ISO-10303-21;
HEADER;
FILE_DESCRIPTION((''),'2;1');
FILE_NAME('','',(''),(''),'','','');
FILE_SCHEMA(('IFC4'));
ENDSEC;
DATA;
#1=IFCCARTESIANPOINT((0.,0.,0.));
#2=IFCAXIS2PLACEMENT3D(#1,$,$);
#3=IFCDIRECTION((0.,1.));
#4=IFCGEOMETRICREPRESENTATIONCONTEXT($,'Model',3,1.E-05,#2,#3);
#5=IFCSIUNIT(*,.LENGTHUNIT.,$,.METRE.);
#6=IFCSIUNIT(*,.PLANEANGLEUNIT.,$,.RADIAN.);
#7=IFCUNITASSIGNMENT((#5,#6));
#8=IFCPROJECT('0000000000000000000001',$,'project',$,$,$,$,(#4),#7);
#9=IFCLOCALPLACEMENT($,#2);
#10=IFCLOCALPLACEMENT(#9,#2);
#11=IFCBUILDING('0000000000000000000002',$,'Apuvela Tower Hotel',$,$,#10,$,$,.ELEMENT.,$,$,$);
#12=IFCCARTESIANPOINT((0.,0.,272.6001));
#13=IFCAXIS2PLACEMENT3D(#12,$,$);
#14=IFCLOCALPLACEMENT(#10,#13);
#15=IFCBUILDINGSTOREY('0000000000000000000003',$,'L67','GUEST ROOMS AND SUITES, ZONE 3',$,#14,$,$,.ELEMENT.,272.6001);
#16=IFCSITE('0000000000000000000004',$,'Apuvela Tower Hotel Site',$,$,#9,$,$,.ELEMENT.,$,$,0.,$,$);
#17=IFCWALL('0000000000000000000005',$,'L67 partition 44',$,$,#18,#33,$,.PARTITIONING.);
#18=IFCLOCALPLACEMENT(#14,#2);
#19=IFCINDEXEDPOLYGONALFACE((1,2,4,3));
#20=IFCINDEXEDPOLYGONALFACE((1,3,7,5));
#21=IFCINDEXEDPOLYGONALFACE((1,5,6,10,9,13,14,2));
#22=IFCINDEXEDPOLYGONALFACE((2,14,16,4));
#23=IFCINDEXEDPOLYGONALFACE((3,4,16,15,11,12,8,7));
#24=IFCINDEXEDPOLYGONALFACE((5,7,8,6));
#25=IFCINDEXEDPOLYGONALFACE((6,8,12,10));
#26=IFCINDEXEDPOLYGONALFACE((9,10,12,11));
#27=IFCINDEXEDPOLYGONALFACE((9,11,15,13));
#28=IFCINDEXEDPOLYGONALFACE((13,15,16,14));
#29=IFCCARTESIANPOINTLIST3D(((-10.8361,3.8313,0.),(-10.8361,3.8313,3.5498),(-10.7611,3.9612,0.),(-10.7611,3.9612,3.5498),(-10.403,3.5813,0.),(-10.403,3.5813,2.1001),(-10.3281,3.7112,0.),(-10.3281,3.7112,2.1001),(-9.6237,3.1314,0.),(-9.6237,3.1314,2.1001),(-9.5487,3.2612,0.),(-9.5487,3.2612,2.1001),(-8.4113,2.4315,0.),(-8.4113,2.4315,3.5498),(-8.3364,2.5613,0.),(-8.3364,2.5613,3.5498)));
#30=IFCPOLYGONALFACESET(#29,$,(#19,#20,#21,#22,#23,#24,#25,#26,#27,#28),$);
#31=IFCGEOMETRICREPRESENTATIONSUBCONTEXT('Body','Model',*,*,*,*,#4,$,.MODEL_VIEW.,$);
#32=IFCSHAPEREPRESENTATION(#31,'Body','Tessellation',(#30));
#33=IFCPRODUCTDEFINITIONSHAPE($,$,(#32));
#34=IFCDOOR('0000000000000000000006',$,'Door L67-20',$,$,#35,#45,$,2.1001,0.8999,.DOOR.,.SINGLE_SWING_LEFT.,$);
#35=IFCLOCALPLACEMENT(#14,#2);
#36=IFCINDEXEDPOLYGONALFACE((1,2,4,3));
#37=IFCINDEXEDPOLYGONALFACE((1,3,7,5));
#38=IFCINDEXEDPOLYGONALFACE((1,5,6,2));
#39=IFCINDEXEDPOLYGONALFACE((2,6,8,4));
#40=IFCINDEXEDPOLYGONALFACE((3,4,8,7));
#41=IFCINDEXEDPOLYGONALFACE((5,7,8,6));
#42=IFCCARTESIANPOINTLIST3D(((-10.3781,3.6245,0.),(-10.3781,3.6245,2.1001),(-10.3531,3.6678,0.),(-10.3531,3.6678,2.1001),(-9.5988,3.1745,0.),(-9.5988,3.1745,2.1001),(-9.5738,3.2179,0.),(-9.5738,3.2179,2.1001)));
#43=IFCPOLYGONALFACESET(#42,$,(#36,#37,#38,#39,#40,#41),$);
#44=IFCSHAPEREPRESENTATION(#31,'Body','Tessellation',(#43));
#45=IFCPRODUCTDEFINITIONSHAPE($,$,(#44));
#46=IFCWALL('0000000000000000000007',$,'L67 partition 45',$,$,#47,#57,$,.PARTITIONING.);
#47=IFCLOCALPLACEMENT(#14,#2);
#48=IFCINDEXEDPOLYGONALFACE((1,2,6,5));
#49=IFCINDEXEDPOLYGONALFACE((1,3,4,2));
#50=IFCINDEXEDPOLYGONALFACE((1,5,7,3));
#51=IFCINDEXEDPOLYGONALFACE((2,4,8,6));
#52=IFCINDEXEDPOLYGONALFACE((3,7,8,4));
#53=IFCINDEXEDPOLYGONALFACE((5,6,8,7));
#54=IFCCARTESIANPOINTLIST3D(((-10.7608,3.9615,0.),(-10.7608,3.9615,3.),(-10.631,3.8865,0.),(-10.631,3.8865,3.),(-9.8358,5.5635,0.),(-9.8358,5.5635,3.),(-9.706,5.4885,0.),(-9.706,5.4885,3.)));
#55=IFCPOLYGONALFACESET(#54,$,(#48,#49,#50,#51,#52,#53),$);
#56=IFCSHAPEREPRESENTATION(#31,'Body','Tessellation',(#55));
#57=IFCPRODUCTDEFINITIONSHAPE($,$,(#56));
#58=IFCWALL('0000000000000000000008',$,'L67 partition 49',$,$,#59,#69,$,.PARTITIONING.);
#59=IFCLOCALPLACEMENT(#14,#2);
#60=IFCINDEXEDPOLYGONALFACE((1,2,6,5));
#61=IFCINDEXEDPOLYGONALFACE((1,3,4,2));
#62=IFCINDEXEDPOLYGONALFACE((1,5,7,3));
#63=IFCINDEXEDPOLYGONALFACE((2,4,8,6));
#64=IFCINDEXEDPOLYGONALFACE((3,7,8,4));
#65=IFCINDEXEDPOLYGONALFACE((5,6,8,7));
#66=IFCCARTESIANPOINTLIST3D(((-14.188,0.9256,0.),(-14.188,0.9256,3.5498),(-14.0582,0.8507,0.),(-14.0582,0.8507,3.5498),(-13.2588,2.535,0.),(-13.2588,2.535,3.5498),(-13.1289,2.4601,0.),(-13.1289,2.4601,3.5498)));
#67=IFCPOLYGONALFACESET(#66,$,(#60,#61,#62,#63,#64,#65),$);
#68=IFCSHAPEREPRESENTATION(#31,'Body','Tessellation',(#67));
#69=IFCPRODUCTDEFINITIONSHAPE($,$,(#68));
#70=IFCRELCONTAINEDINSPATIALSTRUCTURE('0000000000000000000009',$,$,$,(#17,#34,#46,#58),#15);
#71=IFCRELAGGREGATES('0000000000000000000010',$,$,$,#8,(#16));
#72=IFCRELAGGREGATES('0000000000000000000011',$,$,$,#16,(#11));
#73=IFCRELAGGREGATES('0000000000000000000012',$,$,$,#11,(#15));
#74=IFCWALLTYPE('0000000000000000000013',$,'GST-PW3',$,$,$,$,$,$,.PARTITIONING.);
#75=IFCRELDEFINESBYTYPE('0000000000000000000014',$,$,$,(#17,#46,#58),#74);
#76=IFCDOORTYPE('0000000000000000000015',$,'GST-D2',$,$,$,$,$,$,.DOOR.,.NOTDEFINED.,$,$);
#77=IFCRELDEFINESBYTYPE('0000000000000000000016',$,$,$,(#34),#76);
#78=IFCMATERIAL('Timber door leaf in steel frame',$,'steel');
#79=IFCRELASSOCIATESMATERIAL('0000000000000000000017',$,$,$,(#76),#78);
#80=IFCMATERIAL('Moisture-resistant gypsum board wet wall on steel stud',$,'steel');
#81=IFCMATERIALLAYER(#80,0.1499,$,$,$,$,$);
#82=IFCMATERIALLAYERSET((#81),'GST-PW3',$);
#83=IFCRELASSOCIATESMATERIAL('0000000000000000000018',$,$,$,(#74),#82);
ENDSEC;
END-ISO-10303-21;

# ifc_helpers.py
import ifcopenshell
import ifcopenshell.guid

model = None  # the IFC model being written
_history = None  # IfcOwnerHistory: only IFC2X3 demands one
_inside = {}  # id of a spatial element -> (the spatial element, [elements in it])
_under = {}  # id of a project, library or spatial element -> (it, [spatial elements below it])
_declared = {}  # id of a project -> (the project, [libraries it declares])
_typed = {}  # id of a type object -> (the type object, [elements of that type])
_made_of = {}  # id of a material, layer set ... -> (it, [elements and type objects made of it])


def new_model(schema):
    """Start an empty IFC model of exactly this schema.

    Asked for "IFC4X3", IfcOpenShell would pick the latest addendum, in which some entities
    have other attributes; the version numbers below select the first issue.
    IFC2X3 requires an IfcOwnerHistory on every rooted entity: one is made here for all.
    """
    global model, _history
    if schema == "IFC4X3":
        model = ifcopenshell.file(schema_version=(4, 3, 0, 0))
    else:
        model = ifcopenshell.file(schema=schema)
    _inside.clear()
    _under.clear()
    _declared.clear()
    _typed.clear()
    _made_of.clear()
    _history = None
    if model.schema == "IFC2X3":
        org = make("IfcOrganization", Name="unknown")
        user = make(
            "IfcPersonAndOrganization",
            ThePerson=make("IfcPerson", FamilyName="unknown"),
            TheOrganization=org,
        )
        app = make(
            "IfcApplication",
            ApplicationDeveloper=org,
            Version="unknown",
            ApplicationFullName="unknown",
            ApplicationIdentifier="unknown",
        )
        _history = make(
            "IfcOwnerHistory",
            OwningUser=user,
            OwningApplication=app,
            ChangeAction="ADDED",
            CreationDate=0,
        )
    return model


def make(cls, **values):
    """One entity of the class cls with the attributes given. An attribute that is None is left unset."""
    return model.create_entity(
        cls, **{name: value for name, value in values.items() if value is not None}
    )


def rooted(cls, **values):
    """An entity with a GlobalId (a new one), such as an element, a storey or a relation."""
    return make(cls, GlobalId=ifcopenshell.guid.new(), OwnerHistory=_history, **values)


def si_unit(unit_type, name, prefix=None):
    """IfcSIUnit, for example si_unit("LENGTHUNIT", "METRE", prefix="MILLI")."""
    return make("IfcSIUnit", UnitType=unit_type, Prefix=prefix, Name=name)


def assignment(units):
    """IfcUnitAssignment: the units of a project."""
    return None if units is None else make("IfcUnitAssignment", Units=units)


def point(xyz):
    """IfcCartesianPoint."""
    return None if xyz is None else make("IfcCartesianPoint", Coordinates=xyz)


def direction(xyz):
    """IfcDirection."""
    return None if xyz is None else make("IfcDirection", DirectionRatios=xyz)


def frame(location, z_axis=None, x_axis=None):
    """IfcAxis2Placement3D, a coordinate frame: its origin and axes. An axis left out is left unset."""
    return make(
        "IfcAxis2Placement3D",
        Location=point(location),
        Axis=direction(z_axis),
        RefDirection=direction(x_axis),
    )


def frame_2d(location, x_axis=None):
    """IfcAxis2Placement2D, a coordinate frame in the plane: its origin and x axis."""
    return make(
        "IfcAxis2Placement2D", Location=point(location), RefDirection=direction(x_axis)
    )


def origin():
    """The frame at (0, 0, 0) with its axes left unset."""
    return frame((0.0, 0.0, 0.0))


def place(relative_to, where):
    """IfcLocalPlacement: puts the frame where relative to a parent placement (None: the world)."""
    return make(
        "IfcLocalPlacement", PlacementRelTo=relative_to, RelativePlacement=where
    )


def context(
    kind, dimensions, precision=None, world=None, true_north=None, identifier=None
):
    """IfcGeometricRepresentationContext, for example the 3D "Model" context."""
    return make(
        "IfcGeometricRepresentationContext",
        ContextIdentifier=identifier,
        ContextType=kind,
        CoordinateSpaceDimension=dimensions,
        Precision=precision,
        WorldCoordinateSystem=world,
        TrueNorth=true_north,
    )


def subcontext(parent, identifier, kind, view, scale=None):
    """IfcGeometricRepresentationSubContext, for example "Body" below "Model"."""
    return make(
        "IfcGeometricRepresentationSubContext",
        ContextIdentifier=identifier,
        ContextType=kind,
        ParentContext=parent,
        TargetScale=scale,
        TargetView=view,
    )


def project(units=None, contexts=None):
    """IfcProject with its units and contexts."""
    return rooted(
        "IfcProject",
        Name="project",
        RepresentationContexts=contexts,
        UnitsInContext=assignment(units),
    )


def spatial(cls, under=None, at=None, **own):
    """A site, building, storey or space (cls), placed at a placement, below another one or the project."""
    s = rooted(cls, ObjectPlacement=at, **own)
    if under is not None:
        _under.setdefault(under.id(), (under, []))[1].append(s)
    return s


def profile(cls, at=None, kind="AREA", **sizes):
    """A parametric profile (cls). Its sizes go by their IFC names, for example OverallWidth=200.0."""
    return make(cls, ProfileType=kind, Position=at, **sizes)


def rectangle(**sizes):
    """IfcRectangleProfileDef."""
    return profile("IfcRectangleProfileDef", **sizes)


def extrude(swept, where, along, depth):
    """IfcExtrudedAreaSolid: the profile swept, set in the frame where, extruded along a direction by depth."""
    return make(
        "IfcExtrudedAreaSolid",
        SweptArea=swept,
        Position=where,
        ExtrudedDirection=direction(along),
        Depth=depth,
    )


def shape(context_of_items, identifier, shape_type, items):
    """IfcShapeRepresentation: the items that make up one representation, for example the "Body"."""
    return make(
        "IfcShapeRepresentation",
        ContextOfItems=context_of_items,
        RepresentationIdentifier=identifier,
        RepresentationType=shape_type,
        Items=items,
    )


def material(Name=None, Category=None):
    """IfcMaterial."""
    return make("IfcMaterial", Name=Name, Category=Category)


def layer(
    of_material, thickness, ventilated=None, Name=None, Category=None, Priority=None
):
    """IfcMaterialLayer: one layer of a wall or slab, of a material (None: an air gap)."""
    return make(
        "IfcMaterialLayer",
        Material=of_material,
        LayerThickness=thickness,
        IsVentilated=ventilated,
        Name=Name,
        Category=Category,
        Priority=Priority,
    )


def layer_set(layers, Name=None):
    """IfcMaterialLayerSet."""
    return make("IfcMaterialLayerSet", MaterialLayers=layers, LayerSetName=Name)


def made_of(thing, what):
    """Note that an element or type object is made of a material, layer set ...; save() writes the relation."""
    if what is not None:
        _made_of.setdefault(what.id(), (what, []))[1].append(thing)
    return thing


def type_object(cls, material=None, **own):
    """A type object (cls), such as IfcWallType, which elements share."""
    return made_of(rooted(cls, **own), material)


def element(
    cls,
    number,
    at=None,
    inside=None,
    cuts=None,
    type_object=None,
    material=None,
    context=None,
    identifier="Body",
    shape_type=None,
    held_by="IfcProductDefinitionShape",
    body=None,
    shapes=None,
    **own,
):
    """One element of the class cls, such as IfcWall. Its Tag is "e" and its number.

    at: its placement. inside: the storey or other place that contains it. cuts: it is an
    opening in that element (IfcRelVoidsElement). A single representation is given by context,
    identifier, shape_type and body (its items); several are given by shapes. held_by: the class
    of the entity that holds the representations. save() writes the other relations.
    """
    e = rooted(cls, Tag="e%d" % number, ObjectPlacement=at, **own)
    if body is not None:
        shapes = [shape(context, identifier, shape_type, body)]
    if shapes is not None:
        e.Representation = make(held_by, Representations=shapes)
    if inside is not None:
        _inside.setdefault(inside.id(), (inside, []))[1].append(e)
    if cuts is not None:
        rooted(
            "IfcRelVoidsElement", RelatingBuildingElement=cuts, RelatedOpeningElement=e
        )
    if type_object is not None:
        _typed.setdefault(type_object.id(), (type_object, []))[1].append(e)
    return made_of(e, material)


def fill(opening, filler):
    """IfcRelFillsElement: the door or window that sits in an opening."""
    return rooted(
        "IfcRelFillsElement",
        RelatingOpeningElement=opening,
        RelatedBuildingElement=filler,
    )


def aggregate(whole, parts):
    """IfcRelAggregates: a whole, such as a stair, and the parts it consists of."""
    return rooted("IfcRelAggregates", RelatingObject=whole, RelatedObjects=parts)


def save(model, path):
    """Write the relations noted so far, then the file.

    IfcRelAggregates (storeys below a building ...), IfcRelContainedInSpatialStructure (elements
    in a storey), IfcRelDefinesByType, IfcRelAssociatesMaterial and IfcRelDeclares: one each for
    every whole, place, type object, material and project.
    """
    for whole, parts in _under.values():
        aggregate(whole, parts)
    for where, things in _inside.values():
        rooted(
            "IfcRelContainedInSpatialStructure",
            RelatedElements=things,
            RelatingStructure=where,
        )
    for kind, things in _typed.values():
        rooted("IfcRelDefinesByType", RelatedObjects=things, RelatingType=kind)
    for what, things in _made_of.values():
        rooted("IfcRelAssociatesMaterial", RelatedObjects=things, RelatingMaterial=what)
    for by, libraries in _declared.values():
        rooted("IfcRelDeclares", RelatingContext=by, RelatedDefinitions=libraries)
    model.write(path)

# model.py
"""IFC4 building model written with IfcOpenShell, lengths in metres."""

from ifc_helpers import new_model, si_unit, direction, frame, frame_2d, origin, place, context, subcontext, project, spatial, rectangle, extrude, material, layer, layer_set, type_object, element, fill, save


model = new_model("IFC4")

# Units and contexts
model_context = context("Model", 3, precision=1e-05, world=origin(), true_north=direction((0.0, 1.0)))
body_context = subcontext(model_context, "Body", "Model", "MODEL_VIEW")
ifc_project = project(units=[si_unit("LENGTHUNIT", "METRE"), si_unit("PLANEANGLEUNIT", "RADIAN")], contexts=[model_context])

# Site, building, storey
site_placement = place(None, origin())
site = spatial("IfcSite", under=ifc_project, at=site_placement, Name="Apuvela Tower Hotel Site", CompositionType="ELEMENT", RefElevation=0.0)
building_placement = place(site_placement, origin())
building = spatial("IfcBuilding", under=site, at=building_placement, Name="Apuvela Tower Hotel", CompositionType="ELEMENT")
storey_placement = place(building_placement, frame((0.0, 0.0, 272.6001)))
storey = spatial("IfcBuildingStorey", under=building, at=storey_placement, Name="L67", Description="GUEST ROOMS AND SUITES, ZONE 3", CompositionType="ELEMENT", Elevation=272.6001)

# Shared definitions
ifc_material_1 = material(Name="Timber door leaf in steel frame", Category="steel")
door_type_1 = type_object("IfcDoorType", Name="GST-D2", OperationType="NOTDEFINED", PredefinedType="DOOR", material=ifc_material_1)

# Shared definitions
ifc_material_2 = material(Name="Moisture-resistant gypsum board wet wall on steel stud", Category="steel")
ifc_layer_1 = layer(ifc_material_2, 0.1499)
ifc_layer_set_1 = layer_set([ifc_layer_1], Name="GST-PW3")
wall_type_1 = type_object("IfcWallType", Name="GST-PW3", PredefinedType="PARTITIONING", material=ifc_layer_set_1)

# Wall, opening, door
wall_1_placement = place(storey_placement, frame((-10.7986, 3.8962, 0.0), z_axis=(0.0, 0.0, 1.0), x_axis=(0.866035, -0.499984, 0.0)))
wall_1 = element("IfcWall", 1, at=wall_1_placement, inside=storey, type_object=wall_type_1, Name="L67 partition 44", PredefinedType="PARTITIONING", context=body_context, shape_type="SweptSolid", body=[
    extrude(rectangle(XDim=2.7998, YDim=0.1499, at=frame_2d((1.3999, 0.0))), origin(), (0.0, 0.0, 1.0), 3.5498),
])
opening_1_placement = place(wall_1_placement, frame((0.5, 0.0, 0.0)))
opening_1 = element("IfcOpeningElement", 2, at=opening_1_placement, cuts=wall_1, PredefinedType="OPENING", context=body_context, shape_type="SweptSolid", body=[
    extrude(rectangle(XDim=0.8999, YDim=2.1001, at=frame_2d((0.45, 1.05))), frame((0.0, 0.085, 0.0), z_axis=(0.0, -1.0, 0.0), x_axis=(1.0, 0.0, 0.0)), (0.0, 0.0, 1.0), 0.1699),
])
door_1_placement = place(opening_1_placement, origin())
door_1 = element("IfcDoor", 3, at=door_1_placement, inside=storey, type_object=door_type_1, Name="Door L67-20", OperationType="SINGLE_SWING_LEFT", OverallHeight=2.1001, OverallWidth=0.8999, PredefinedType="DOOR", context=body_context, shape_type="SweptSolid", body=[
    extrude(rectangle(XDim=0.8999, YDim=2.1001, at=frame_2d((0.45, 1.05))), frame((0.0, 0.0249, 0.0), z_axis=(0.0, -1.0, 0.0), x_axis=(1.0, 0.0, 0.0)), (0.0, 0.0, 1.0), 0.05),
])
fill(opening_1, door_1)

# Walls
wall_2_placement = place(storey_placement, frame((-9.771, 5.5259, 0.0), z_axis=(0.0, 0.0, 1.0), x_axis=(-0.500042, -0.866001, 0.0)))
element("IfcWall", 4, at=wall_2_placement, inside=storey, type_object=wall_type_1, Name="L67 partition 45", PredefinedType="PARTITIONING", context=body_context, shape_type="SweptSolid", body=[
    extrude(rectangle(XDim=1.8499, YDim=0.1499, at=frame_2d((0.9248, 0.0))), origin(), (0.0, 0.0, 1.0), 3.0),
])
wall_3_placement = place(storey_placement, frame((-13.1938, 2.4976, 0.0), z_axis=(0.0, 0.0, 1.0), x_axis=(-0.500011, -0.866019, 0.0)))
element("IfcWall", 5, at=wall_3_placement, inside=storey, type_object=wall_type_1, Name="L67 partition 49", PredefinedType="PARTITIONING", context=body_context, shape_type="SweptSolid", body=[
    extrude(rectangle(XDim=1.8584, YDim=0.1499, at=frame_2d((0.9292, 0.0))), origin(), (0.0, 0.0, 1.0), 3.5498),
])

save(model, "model.ifc")
